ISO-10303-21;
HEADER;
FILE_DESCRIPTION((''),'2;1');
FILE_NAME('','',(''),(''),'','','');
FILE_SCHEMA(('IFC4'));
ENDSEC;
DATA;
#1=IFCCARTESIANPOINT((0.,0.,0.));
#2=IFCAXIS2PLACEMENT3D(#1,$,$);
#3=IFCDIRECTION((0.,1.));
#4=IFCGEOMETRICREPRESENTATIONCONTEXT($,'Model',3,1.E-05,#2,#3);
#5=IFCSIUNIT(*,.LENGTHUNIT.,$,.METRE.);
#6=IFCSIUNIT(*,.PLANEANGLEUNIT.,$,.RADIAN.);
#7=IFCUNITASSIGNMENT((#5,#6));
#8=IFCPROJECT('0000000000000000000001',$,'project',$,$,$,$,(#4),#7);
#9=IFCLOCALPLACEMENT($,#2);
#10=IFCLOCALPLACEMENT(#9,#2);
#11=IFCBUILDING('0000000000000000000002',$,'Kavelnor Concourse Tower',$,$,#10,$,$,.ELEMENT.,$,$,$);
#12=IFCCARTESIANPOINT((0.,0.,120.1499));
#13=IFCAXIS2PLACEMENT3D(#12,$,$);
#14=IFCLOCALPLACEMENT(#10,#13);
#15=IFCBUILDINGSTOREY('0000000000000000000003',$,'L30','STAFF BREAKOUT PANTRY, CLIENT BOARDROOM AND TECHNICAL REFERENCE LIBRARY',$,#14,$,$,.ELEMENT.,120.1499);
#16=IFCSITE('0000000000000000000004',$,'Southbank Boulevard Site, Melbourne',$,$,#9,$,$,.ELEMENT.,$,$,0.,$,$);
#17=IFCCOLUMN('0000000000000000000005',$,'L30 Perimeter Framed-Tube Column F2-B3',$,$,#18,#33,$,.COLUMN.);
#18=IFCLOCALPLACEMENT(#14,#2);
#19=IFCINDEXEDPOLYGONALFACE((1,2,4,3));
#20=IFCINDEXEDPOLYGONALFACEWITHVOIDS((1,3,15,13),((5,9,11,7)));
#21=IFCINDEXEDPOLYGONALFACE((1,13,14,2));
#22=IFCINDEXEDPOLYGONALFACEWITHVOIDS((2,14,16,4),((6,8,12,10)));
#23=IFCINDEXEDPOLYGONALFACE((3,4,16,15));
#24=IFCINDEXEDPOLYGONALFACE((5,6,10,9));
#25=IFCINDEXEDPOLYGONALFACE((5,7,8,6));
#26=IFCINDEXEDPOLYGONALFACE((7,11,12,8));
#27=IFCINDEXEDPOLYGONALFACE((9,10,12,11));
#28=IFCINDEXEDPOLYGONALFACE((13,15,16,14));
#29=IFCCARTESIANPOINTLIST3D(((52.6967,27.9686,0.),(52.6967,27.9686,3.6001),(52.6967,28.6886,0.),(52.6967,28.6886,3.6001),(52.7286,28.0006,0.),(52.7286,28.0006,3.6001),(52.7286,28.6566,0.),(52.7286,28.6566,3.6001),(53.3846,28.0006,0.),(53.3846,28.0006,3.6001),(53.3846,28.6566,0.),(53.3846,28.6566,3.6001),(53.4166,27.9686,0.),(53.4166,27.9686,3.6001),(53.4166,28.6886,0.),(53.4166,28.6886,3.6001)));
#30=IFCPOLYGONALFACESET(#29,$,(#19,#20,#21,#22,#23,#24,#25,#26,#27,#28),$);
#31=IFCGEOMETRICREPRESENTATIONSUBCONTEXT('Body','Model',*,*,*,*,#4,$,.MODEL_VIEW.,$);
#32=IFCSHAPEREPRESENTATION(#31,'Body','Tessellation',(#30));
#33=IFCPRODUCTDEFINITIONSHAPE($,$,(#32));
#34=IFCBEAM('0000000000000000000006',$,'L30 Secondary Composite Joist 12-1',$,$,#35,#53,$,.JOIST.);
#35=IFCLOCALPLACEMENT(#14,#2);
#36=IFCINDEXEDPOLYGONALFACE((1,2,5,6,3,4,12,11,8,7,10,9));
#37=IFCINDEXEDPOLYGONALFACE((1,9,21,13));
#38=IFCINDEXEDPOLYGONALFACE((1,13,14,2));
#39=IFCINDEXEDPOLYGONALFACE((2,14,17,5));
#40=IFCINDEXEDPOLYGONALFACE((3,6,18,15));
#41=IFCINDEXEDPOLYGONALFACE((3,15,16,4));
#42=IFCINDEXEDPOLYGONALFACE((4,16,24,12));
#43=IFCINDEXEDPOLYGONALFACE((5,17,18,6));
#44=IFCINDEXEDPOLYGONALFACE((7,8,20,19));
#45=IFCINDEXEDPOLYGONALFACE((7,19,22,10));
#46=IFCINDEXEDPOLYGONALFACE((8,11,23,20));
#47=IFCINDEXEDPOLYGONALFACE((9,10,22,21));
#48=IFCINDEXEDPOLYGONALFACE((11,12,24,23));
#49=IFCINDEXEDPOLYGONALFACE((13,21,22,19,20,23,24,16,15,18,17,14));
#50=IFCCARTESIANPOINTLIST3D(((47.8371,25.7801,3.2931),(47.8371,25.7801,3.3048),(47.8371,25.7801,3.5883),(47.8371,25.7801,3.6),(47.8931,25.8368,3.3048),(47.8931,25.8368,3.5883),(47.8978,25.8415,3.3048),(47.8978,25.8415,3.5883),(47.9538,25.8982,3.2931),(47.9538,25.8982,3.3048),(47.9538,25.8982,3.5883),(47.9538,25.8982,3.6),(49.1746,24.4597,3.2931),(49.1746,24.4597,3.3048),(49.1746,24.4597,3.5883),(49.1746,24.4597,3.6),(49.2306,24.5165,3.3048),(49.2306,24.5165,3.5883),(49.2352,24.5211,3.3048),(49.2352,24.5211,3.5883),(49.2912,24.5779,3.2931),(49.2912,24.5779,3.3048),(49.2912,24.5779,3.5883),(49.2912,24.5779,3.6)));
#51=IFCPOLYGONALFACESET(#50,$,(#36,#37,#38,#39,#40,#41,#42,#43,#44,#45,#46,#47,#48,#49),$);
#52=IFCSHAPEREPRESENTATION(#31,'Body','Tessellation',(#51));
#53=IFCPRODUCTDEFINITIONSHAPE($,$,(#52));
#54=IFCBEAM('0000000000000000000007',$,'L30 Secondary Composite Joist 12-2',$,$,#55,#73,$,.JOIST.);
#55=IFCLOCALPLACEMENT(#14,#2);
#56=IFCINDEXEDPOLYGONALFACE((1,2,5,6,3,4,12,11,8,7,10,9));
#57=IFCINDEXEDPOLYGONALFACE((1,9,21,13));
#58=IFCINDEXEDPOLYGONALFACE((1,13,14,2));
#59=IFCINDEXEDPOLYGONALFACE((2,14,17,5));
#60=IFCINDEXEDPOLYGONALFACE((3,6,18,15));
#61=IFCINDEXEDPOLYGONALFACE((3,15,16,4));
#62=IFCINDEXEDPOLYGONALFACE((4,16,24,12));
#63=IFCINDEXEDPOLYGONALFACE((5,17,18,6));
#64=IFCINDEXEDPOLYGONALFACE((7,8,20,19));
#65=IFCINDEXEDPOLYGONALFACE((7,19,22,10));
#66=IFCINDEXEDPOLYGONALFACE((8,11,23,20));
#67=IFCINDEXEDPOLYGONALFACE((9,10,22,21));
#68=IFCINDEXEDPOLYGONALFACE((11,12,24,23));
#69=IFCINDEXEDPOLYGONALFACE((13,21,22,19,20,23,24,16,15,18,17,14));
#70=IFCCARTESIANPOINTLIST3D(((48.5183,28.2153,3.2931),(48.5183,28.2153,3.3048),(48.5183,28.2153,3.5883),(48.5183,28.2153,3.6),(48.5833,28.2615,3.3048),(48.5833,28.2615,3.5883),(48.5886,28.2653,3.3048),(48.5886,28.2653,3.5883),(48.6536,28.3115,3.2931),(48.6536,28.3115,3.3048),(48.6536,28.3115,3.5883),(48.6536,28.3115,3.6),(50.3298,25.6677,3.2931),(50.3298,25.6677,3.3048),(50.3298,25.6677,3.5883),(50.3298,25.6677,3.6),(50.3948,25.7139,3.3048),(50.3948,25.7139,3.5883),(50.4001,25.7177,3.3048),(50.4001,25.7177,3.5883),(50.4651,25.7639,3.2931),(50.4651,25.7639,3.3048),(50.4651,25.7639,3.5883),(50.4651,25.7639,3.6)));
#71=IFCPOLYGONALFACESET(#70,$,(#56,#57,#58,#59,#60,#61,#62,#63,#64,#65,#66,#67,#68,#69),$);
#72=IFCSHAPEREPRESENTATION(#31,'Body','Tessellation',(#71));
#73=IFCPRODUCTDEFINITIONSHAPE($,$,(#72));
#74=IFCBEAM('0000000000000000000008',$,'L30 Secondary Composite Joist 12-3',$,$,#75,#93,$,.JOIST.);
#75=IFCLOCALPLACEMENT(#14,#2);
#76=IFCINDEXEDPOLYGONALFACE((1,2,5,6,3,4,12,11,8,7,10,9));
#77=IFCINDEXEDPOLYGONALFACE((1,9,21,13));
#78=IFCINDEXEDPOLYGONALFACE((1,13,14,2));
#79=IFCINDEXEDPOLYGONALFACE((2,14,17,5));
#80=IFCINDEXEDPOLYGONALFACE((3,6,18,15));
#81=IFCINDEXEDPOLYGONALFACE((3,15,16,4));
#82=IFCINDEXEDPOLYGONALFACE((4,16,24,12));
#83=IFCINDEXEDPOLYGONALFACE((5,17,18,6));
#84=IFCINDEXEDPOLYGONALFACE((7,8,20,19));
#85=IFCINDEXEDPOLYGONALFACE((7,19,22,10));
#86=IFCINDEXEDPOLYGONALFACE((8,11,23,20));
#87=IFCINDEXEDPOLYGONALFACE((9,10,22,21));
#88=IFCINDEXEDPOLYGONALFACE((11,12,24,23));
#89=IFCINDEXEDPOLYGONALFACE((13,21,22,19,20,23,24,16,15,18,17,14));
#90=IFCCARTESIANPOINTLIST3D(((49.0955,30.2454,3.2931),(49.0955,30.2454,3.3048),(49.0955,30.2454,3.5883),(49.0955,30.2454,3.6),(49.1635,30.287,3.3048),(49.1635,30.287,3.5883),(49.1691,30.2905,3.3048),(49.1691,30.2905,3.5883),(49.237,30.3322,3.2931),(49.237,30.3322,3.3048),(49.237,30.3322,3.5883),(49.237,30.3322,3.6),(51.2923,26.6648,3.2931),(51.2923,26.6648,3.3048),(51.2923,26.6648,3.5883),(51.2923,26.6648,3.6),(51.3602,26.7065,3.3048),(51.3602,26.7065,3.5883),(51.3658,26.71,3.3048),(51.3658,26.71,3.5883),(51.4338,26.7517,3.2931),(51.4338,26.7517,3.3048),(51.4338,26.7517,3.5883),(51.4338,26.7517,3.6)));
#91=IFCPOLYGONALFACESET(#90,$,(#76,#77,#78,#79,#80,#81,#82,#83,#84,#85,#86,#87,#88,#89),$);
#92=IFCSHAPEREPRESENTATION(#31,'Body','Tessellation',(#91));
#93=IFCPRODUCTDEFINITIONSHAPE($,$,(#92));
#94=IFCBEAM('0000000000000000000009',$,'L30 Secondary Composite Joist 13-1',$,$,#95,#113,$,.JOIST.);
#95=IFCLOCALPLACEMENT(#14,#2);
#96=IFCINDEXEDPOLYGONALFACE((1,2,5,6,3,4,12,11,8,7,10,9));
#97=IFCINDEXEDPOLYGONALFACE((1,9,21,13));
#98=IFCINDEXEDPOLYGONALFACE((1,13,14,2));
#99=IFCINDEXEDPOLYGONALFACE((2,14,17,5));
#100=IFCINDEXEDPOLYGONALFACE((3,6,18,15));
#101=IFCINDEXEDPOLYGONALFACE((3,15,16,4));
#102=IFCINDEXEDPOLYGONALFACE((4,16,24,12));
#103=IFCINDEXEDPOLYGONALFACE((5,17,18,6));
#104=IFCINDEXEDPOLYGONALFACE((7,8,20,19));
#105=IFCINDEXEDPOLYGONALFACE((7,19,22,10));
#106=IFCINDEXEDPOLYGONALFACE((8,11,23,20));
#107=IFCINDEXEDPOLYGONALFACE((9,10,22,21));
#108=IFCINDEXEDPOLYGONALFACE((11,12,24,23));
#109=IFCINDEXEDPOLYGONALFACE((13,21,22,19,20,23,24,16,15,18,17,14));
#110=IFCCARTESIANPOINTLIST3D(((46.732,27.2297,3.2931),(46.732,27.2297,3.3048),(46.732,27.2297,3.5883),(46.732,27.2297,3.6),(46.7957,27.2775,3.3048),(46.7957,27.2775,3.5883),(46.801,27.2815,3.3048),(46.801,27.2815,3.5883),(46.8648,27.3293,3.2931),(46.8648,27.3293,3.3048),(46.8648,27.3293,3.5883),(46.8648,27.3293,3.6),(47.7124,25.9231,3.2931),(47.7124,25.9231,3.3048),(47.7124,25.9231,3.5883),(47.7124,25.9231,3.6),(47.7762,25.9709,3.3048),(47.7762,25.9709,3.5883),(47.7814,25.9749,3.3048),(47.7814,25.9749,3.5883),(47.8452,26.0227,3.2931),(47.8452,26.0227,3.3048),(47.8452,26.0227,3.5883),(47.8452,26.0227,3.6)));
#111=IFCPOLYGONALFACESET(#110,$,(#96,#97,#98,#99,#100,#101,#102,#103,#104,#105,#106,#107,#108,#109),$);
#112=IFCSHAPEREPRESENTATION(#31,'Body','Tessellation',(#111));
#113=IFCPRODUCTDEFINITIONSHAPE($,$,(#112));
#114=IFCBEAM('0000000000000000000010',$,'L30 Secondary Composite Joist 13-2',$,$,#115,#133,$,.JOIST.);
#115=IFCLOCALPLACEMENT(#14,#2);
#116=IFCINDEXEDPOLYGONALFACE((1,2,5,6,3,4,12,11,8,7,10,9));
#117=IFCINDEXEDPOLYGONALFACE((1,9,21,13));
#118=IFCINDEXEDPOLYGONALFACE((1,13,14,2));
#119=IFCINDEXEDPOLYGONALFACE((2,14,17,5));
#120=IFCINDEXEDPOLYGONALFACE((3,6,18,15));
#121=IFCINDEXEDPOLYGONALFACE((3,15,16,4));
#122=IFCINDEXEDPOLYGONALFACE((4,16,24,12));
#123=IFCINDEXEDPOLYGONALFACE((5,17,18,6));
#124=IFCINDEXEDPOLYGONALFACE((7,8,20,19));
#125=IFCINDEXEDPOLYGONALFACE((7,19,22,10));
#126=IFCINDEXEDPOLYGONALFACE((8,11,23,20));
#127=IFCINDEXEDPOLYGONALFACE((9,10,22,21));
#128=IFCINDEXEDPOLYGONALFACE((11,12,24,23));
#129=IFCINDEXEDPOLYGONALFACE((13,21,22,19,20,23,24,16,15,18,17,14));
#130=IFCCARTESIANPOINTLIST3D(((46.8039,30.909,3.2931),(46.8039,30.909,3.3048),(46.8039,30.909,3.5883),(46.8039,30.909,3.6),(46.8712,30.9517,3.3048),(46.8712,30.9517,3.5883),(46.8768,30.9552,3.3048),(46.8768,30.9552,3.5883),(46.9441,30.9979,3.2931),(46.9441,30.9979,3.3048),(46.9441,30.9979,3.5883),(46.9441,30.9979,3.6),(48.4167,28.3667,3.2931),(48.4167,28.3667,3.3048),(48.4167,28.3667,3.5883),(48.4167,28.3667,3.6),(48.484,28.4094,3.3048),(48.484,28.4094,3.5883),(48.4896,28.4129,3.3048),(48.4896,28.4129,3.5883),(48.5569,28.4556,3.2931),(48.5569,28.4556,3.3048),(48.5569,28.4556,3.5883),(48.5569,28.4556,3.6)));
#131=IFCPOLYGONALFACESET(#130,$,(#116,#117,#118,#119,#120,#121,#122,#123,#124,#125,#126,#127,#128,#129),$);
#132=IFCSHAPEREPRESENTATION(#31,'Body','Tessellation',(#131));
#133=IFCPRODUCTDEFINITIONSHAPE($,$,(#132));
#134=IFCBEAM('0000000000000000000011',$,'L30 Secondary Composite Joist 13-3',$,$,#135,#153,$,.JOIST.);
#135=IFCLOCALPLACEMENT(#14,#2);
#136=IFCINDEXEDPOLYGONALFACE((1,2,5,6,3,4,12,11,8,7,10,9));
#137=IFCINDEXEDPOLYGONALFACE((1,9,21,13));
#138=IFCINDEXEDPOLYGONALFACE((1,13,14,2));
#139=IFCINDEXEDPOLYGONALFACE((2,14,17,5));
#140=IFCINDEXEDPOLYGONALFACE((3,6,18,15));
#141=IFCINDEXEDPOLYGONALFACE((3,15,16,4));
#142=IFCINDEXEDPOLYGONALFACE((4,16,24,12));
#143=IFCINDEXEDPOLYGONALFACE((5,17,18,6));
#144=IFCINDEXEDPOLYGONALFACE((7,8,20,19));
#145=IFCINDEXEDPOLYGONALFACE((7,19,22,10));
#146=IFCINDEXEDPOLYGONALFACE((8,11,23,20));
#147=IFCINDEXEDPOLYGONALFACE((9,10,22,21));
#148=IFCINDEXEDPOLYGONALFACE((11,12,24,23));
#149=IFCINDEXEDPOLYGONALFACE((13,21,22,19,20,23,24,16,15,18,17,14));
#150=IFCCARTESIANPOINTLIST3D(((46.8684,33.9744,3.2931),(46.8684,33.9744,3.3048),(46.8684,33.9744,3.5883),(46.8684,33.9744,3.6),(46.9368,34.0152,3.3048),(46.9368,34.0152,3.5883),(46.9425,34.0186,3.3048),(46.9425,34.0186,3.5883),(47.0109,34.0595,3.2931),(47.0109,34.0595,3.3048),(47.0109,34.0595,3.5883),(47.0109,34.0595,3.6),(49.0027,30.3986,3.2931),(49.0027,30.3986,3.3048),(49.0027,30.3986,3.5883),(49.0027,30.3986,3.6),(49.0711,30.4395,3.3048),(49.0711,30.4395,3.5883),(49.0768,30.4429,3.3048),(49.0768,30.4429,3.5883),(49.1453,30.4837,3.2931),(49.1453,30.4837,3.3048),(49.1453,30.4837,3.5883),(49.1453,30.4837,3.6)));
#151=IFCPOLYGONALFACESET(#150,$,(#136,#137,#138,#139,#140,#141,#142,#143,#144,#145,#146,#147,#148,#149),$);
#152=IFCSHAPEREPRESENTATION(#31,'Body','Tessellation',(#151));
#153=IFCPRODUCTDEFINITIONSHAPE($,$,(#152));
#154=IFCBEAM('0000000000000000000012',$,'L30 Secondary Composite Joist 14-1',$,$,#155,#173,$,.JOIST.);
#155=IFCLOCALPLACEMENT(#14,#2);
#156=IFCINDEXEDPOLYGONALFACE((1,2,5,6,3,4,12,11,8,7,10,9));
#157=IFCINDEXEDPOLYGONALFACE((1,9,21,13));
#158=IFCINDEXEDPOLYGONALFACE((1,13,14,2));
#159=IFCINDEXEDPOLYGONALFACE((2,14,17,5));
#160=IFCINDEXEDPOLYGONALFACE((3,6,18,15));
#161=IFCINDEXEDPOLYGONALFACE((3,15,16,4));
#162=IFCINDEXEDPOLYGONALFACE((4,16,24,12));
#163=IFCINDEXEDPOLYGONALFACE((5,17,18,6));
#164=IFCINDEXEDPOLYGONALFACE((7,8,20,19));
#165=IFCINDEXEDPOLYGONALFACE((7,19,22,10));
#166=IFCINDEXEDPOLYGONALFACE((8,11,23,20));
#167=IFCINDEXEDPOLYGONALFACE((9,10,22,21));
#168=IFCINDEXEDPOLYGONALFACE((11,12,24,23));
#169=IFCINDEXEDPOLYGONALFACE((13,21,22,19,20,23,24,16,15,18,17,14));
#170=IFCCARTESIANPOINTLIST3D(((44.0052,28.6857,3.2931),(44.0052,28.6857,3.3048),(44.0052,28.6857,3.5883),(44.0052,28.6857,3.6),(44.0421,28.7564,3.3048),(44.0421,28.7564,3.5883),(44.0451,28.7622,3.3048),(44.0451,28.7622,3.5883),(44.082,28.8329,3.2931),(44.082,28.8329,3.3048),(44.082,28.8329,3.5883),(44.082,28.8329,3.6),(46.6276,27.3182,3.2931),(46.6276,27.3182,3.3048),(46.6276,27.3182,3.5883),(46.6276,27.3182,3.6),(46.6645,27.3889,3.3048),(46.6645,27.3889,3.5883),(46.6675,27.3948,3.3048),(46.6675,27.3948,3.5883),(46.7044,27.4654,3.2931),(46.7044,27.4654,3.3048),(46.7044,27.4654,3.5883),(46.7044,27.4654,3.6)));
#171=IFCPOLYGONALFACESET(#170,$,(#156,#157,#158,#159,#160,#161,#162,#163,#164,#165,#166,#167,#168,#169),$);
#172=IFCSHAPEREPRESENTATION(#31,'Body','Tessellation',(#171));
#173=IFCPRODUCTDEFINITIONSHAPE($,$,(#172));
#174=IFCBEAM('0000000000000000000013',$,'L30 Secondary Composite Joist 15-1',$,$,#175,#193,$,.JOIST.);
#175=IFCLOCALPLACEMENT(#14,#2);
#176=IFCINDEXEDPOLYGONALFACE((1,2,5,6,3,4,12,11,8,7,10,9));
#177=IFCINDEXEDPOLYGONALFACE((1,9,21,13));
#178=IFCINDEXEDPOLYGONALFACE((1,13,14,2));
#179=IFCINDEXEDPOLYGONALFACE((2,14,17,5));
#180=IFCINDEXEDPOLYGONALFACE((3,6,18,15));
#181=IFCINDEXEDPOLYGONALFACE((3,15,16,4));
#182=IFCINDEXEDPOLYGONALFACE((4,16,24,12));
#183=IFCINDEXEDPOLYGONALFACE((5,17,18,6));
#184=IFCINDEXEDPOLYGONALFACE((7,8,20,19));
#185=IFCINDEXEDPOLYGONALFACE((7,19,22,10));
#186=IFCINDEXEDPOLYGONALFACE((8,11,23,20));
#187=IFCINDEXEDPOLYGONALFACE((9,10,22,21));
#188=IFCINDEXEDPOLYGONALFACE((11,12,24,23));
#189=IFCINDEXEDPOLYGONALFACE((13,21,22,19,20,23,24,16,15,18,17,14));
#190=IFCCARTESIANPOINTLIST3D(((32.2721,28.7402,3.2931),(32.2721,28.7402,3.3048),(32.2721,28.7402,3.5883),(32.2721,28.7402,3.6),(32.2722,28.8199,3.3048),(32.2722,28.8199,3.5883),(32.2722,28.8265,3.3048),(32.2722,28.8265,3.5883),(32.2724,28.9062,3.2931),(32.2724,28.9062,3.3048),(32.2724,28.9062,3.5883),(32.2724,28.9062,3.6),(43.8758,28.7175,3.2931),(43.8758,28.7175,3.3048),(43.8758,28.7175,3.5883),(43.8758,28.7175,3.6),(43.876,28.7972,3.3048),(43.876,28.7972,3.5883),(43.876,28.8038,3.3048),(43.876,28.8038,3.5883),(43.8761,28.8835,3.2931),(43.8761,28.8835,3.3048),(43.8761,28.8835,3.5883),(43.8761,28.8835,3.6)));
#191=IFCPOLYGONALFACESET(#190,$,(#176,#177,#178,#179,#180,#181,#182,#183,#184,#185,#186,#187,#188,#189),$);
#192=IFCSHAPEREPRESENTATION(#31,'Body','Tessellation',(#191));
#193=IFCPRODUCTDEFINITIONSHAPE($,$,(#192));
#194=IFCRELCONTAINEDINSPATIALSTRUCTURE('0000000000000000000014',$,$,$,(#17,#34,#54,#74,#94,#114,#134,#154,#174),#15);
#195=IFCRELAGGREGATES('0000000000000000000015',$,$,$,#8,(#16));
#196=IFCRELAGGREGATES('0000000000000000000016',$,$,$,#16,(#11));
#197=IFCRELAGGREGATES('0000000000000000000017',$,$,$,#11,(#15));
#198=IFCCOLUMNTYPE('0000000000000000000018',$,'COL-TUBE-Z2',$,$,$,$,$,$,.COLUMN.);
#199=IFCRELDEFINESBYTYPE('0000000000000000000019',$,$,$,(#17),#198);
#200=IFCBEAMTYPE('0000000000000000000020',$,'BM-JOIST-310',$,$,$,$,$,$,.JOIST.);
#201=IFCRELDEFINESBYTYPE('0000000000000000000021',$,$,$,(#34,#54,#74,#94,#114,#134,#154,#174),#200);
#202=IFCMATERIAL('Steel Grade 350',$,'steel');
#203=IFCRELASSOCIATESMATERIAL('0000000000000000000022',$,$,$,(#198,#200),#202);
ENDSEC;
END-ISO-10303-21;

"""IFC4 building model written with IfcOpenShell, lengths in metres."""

from ifc_helpers import new_model, si_unit, direction, frame, origin, origin_2d, place, context, subcontext, project, spatial, hollow_rectangle, i_section, extrude, material, material_profile, profile_set, type_object, element, save


model = new_model("IFC4")

# Units and contexts
model_context = context("Model", 3, precision=1e-05, world=origin(), true_north=direction((0.0, 1.0)))
body_context = subcontext(model_context, "Body", "Model", "MODEL_VIEW")
ifc_project = project(units=[si_unit("LENGTHUNIT", "METRE"), si_unit("PLANEANGLEUNIT", "RADIAN")], contexts=[model_context])

# Site, building, storey
site_placement = place(None, origin())
site = spatial("IfcSite", under=ifc_project, at=site_placement, Name="Southbank Boulevard Site, Melbourne", CompositionType="ELEMENT", RefElevation=0.0)
building_placement = place(site_placement, origin())
building = spatial("IfcBuilding", under=site, at=building_placement, Name="Kavelnor Concourse Tower", CompositionType="ELEMENT")
storey_placement = place(building_placement, frame((0.0, 0.0, 120.1499)))
storey = spatial("IfcBuildingStorey", under=building, at=storey_placement, Name="L30", Description="STAFF BREAKOUT PANTRY, CLIENT BOARDROOM AND TECHNICAL REFERENCE LIBRARY", CompositionType="ELEMENT", Elevation=120.1499)

# Column
ifc_material_1 = material(Name="Steel Grade 350", Category="steel")
ifc_material_profile_1 = material_profile(ifc_material_1, hollow_rectangle(XDim=0.72, YDim=0.72, WallThickness=0.032, at=origin_2d()), Name="SHS 720x720x32")
ifc_profile_set_1 = profile_set([ifc_material_profile_1], Name="Steel Grade 350")
column_type = type_object("IfcColumnType", Name="COL-TUBE-Z2", PredefinedType="COLUMN", material=ifc_profile_set_1)
column_placement = place(storey_placement, frame((53.0566, 28.3286, 0.0), z_axis=(0.0, 0.0, 1.0), x_axis=(1.0, 0.0, 0.0)))
element("IfcColumn", 1, at=column_placement, inside=storey, type_object=column_type, Name="L30 Perimeter Framed-Tube Column F2-B3", PredefinedType="COLUMN", context=body_context, shape_type="SweptSolid", body=[
    extrude(hollow_rectangle(XDim=0.72, YDim=0.72, WallThickness=0.032, at=origin_2d()), origin(), (0.0, 0.0, 1.0), 3.6001),
])

# Beams
ifc_material_profile_2 = material_profile(ifc_material_1, i_section(OverallWidth=0.166, OverallDepth=0.3069, WebThickness=0.0066, FlangeThickness=0.0117, at=origin_2d()), Name="310UB46")
ifc_profile_set_2 = profile_set([ifc_material_profile_2], Name="Steel Grade 350")
beam_type_1 = type_object("IfcBeamType", Name="BM-JOIST-310", PredefinedType="JOIST", material=ifc_profile_set_2)
beam_1_placement = place(storey_placement, frame((49.2329, 24.5188, 3.4465), z_axis=(-0.711639, 0.702545, 0.0), x_axis=(-0.702545, -0.711639, 0.0)))
element("IfcBeam", 2, at=beam_1_placement, inside=storey, type_object=beam_type_1, Name="L30 Secondary Composite Joist 12-1", PredefinedType="JOIST", context=body_context, shape_type="SweptSolid", body=[
    extrude(i_section(OverallWidth=0.166, OverallDepth=0.3069, WebThickness=0.0066, FlangeThickness=0.0117, at=origin_2d()), origin(), (0.0, 0.0, 1.0), 1.8794),
])
beam_2_placement = place(storey_placement, frame((50.3975, 25.7158, 3.4465), z_axis=(-0.579501, 0.814972, 0.0), x_axis=(-0.814972, -0.579501, 0.0)))
element("IfcBeam", 3, at=beam_2_placement, inside=storey, type_object=beam_type_1, Name="L30 Secondary Composite Joist 12-2", PredefinedType="JOIST", context=body_context, shape_type="SweptSolid", body=[
    extrude(i_section(OverallWidth=0.166, OverallDepth=0.3069, WebThickness=0.0066, FlangeThickness=0.0117, at=origin_2d()), origin(), (0.0, 0.0, 1.0), 3.126),
])
beam_3_placement = place(storey_placement, frame((51.363, 26.7083, 3.4465), z_axis=(-0.522949, 0.852364, 0.0), x_axis=(-0.852364, -0.522949, 0.0)))
element("IfcBeam", 4, at=beam_3_placement, inside=storey, type_object=beam_type_1, Name="L30 Secondary Composite Joist 12-3", PredefinedType="JOIST", context=body_context, shape_type="SweptSolid", body=[
    extrude(i_section(OverallWidth=0.166, OverallDepth=0.3069, WebThickness=0.0066, FlangeThickness=0.0117, at=origin_2d()), origin(), (0.0, 0.0, 1.0), 4.2007),
])
beam_4_placement = place(storey_placement, frame((47.7788, 25.9729, 3.4465), z_axis=(-0.600191, 0.799857, 0.0), x_axis=(-0.799857, -0.600191, 0.0)))
element("IfcBeam", 5, at=beam_4_placement, inside=storey, type_object=beam_type_1, Name="L30 Secondary Composite Joist 13-1", PredefinedType="JOIST", context=body_context, shape_type="SweptSolid", body=[
    extrude(i_section(OverallWidth=0.166, OverallDepth=0.3069, WebThickness=0.0066, FlangeThickness=0.0117, at=origin_2d()), origin(), (0.0, 0.0, 1.0), 1.6335),
])
beam_5_placement = place(storey_placement, frame((48.4868, 28.4111, 3.4465), z_axis=(-0.535694, 0.844412, 0.0), x_axis=(-0.844412, -0.535694, 0.0)))
element("IfcBeam", 6, at=beam_5_placement, inside=storey, type_object=beam_type_1, Name="L30 Secondary Composite Joist 13-2", PredefinedType="JOIST", context=body_context, shape_type="SweptSolid", body=[
    extrude(i_section(OverallWidth=0.166, OverallDepth=0.3069, WebThickness=0.0066, FlangeThickness=0.0117, at=origin_2d()), origin(), (0.0, 0.0, 1.0), 3.0107),
])
beam_6_placement = place(storey_placement, frame((49.074, 30.4412, 3.4465), z_axis=(-0.512529, 0.85867, 0.0), x_axis=(-0.85867, -0.512529, 0.0)))
element("IfcBeam", 7, at=beam_6_placement, inside=storey, type_object=beam_type_1, Name="L30 Secondary Composite Joist 13-3", PredefinedType="JOIST", context=body_context, shape_type="SweptSolid", body=[
    extrude(i_section(OverallWidth=0.166, OverallDepth=0.3069, WebThickness=0.0066, FlangeThickness=0.0117, at=origin_2d()), origin(), (0.0, 0.0, 1.0), 4.1643),
])
beam_7_placement = place(storey_placement, frame((46.666, 27.3918, 3.4465), z_axis=(-0.886686, 0.462371, 0.0), x_axis=(-0.462371, -0.886686, 0.0)))
element("IfcBeam", 8, at=beam_7_placement, inside=storey, type_object=beam_type_1, Name="L30 Secondary Composite Joist 14-1", PredefinedType="JOIST", context=body_context, shape_type="SweptSolid", body=[
    extrude(i_section(OverallWidth=0.166, OverallDepth=0.3069, WebThickness=0.0066, FlangeThickness=0.0117, at=origin_2d()), origin(), (0.0, 0.0, 1.0), 2.9575),
])
beam_8_placement = place(storey_placement, frame((43.876, 28.8005, 3.4465), z_axis=(-0.999998, 0.001957, 0.0), x_axis=(-0.001957, -0.999998, 0.0)))
element("IfcBeam", 9, at=beam_8_placement, inside=storey, type_object=beam_type_1, Name="L30 Secondary Composite Joist 15-1", PredefinedType="JOIST", context=body_context, shape_type="SweptSolid", body=[
    extrude(i_section(OverallWidth=0.166, OverallDepth=0.3069, WebThickness=0.0066, FlangeThickness=0.0117, at=origin_2d()), origin(), (0.0, 0.0, 1.0), 11.6038),
])

save(model, "model.ifc")
